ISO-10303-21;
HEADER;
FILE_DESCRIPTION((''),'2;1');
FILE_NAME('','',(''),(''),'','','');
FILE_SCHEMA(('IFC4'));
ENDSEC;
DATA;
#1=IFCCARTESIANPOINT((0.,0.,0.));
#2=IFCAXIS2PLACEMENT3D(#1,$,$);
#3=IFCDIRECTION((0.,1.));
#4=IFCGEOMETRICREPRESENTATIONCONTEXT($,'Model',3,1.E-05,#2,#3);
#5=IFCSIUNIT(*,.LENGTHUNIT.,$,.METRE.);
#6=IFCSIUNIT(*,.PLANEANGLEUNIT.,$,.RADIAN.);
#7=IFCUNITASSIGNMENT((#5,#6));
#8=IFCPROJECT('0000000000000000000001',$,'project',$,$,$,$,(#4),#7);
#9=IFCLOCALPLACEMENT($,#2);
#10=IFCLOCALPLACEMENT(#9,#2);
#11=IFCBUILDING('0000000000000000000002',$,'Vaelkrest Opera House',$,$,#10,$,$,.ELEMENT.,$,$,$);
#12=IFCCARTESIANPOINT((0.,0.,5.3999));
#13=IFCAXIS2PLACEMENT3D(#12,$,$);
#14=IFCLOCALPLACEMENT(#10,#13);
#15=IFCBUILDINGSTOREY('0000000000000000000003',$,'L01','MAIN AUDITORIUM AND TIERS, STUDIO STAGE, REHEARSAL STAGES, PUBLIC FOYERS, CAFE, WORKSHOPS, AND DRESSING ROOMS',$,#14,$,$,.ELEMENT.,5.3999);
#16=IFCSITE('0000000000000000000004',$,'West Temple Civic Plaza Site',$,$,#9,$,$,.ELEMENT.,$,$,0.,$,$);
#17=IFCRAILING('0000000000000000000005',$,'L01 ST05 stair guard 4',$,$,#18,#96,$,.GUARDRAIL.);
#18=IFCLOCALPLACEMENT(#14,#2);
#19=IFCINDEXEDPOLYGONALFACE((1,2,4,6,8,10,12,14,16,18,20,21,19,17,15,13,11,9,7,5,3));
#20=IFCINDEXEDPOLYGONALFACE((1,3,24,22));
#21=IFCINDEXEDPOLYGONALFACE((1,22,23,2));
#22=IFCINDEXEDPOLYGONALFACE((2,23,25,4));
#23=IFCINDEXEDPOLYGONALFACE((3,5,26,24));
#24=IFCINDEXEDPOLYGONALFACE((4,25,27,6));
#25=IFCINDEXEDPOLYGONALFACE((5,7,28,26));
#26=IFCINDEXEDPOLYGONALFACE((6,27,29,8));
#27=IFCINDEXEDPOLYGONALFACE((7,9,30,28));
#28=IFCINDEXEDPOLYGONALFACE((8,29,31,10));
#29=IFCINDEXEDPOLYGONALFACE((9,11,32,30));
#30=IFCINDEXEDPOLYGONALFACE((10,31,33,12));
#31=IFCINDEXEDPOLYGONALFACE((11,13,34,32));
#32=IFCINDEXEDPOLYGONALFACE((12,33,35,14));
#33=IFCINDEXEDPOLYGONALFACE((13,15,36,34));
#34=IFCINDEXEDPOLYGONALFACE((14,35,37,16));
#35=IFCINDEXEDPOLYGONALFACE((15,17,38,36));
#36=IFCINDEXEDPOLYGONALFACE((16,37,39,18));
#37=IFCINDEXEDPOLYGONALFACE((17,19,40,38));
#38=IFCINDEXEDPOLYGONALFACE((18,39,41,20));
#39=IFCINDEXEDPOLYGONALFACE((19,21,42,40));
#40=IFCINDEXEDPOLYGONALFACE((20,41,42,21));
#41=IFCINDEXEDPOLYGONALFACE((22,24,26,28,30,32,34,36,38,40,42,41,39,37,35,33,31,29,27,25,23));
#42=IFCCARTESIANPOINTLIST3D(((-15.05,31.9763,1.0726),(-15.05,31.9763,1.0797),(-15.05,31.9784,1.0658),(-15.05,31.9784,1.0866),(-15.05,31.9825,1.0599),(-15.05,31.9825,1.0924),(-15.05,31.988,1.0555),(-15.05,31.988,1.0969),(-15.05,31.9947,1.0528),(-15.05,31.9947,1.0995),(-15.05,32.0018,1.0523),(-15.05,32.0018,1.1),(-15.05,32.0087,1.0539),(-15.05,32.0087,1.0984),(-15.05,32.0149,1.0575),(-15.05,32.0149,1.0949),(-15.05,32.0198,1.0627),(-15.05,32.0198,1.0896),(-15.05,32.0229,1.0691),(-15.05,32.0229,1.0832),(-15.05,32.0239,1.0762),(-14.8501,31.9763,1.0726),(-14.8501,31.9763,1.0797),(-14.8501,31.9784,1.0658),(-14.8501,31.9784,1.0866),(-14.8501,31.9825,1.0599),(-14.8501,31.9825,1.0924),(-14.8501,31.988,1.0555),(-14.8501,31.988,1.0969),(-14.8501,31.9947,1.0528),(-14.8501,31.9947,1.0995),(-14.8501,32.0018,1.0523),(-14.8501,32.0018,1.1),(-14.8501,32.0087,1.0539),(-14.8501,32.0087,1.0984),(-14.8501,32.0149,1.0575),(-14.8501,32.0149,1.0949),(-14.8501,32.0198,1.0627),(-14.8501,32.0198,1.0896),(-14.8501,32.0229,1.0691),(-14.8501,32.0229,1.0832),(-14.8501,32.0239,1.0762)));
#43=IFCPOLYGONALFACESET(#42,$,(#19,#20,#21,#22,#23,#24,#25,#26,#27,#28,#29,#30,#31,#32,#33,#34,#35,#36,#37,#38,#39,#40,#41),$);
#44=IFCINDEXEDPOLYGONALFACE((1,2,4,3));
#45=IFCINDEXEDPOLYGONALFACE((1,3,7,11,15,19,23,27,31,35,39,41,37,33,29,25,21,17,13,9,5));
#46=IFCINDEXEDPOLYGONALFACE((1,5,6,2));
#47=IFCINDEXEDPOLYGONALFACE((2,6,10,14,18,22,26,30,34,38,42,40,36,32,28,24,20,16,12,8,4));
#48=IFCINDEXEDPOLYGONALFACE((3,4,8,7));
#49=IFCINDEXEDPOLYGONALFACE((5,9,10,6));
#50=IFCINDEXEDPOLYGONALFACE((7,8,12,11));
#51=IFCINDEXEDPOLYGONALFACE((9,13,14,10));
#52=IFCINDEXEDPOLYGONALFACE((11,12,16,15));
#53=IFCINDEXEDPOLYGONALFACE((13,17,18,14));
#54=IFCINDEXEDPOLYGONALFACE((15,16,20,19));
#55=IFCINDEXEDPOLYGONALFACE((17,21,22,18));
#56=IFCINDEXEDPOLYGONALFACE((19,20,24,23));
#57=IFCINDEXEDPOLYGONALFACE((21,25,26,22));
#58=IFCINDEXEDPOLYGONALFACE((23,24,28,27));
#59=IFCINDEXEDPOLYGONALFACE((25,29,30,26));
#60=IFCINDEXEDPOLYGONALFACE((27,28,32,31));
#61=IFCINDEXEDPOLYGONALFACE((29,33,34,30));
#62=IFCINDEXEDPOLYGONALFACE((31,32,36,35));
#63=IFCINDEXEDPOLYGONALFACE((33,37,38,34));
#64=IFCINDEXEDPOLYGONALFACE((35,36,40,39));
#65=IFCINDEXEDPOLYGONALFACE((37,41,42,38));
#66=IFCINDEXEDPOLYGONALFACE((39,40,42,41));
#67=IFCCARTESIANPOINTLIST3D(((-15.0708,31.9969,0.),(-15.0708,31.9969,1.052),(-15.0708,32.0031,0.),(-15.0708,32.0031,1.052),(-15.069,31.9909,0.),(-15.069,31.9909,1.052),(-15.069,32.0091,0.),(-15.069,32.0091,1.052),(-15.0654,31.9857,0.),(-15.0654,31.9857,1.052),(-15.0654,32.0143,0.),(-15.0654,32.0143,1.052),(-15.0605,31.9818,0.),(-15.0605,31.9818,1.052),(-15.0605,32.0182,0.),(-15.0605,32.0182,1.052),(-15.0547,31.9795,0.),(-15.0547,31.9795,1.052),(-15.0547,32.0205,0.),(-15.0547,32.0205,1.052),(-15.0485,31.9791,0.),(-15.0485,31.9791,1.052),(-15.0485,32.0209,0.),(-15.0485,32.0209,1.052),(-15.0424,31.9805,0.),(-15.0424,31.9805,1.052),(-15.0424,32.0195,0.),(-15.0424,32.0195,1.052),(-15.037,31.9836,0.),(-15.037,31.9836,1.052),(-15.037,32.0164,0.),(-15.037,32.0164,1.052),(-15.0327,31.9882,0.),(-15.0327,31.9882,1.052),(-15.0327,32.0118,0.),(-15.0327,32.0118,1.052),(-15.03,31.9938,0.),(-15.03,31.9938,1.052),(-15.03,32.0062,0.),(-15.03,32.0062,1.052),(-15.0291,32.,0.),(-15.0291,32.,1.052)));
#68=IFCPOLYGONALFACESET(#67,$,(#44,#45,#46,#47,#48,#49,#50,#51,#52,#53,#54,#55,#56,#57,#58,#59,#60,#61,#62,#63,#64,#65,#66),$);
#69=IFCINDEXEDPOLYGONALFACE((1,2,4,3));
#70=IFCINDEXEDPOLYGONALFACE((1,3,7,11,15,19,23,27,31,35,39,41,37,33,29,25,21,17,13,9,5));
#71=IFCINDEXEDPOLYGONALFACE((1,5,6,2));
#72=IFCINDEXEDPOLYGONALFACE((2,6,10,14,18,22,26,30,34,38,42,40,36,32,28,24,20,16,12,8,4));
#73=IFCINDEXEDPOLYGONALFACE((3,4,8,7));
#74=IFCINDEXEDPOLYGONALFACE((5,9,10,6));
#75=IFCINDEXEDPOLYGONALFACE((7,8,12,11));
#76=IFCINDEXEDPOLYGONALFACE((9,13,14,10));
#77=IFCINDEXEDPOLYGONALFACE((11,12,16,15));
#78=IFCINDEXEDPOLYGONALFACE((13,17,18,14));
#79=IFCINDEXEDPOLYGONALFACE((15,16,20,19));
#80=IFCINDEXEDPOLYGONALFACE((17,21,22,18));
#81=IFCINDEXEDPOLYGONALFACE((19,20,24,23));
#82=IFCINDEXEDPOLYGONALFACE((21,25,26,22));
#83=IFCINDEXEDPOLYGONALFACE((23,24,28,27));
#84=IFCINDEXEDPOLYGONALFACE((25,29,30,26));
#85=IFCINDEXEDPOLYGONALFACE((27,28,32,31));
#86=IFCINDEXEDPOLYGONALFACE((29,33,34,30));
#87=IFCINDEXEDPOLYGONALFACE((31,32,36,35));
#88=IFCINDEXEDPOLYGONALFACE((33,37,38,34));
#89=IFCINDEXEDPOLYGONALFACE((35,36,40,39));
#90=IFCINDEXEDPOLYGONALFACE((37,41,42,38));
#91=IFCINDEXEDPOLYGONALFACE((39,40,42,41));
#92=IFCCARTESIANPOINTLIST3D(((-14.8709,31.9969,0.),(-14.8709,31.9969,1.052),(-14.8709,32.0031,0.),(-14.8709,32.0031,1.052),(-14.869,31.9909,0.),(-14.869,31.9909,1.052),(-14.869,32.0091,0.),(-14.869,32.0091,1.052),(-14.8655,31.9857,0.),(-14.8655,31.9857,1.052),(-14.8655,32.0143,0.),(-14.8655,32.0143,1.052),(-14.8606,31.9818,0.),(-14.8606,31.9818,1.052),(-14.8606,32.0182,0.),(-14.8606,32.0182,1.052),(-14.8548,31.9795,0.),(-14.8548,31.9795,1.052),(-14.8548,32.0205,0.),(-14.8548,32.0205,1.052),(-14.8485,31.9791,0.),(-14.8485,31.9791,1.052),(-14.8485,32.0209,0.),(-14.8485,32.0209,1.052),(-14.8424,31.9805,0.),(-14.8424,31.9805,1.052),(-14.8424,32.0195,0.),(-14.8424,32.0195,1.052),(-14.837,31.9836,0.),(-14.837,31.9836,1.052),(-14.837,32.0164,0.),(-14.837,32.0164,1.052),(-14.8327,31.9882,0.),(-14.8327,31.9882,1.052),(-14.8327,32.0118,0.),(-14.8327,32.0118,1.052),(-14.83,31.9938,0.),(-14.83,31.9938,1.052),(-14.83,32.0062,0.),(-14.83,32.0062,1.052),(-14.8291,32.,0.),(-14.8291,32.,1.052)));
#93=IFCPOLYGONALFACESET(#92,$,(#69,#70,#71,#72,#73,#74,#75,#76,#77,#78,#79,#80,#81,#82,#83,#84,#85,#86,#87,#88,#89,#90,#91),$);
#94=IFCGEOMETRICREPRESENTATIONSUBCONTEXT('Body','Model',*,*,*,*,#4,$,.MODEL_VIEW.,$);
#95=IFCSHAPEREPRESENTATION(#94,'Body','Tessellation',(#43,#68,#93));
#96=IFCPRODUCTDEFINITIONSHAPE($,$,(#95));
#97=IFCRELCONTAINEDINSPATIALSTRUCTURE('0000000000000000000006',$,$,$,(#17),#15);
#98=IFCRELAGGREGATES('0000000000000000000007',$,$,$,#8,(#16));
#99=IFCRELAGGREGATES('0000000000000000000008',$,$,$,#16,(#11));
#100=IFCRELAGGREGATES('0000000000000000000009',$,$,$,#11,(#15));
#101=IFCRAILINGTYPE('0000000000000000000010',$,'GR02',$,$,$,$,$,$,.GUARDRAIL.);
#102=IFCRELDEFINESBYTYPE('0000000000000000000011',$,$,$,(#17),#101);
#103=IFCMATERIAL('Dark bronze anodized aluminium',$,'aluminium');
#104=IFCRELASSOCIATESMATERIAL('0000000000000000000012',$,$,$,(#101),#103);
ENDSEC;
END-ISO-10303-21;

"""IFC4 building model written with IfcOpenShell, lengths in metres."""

from ifc_helpers import new_model, si_unit, direction, frame, origin, origin_2d, place, context, subcontext, project, spatial, circle, extrude, material, type_object, element, save


model = new_model("IFC4")

# Units and contexts
model_context = context("Model", 3, precision=1e-05, world=origin(), true_north=direction((0.0, 1.0)))
body_context = subcontext(model_context, "Body", "Model", "MODEL_VIEW")
ifc_project = project(units=[si_unit("LENGTHUNIT", "METRE"), si_unit("PLANEANGLEUNIT", "RADIAN")], contexts=[model_context])

# Site, building, storey
site_placement = place(None, origin())
site = spatial("IfcSite", under=ifc_project, at=site_placement, Name="West Temple Civic Plaza Site", CompositionType="ELEMENT", RefElevation=0.0)
building_placement = place(site_placement, origin())
building = spatial("IfcBuilding", under=site, at=building_placement, Name="Vaelkrest Opera House", CompositionType="ELEMENT")
storey_placement = place(building_placement, frame((0.0, 0.0, 5.3999)))
storey = spatial("IfcBuildingStorey", under=building, at=storey_placement, Name="L01", Description="MAIN AUDITORIUM AND TIERS, STUDIO STAGE, REHEARSAL STAGES, PUBLIC FOYERS, CAFE, WORKSHOPS, AND DRESSING ROOMS", CompositionType="ELEMENT", Elevation=5.3999)

# Railing
ifc_material_1 = material(Name="Dark bronze anodized aluminium", Category="aluminium")
railing_type_1 = type_object("IfcRailingType", Name="GR02", PredefinedType="GUARDRAIL", material=ifc_material_1)
railing_1_placement = place(storey_placement, frame((-15.05, 32.0, 0.0)))
element("IfcRailing", 1, at=railing_1_placement, inside=storey, type_object=railing_type_1, Name="L01 ST05 stair guard 4", PredefinedType="GUARDRAIL", context=body_context, shape_type="SweptSolid", body=[
    extrude(circle(Radius=0.0239, at=origin_2d()), frame((0.0, 0.0, 1.0762), z_axis=(1.0, 0.0, 0.0), x_axis=(0.0, 1.0, 0.0)), (0.0, 0.0, 1.0), 0.2),
    extrude(circle(Radius=0.021, at=origin_2d()), origin(), (0.0, 0.0, 1.0), 1.052),
    extrude(circle(Radius=0.021, at=origin_2d()), frame((0.2, 0.0, 0.0)), (0.0, 0.0, 1.0), 1.052),
])

save(model, "model.ifc")
